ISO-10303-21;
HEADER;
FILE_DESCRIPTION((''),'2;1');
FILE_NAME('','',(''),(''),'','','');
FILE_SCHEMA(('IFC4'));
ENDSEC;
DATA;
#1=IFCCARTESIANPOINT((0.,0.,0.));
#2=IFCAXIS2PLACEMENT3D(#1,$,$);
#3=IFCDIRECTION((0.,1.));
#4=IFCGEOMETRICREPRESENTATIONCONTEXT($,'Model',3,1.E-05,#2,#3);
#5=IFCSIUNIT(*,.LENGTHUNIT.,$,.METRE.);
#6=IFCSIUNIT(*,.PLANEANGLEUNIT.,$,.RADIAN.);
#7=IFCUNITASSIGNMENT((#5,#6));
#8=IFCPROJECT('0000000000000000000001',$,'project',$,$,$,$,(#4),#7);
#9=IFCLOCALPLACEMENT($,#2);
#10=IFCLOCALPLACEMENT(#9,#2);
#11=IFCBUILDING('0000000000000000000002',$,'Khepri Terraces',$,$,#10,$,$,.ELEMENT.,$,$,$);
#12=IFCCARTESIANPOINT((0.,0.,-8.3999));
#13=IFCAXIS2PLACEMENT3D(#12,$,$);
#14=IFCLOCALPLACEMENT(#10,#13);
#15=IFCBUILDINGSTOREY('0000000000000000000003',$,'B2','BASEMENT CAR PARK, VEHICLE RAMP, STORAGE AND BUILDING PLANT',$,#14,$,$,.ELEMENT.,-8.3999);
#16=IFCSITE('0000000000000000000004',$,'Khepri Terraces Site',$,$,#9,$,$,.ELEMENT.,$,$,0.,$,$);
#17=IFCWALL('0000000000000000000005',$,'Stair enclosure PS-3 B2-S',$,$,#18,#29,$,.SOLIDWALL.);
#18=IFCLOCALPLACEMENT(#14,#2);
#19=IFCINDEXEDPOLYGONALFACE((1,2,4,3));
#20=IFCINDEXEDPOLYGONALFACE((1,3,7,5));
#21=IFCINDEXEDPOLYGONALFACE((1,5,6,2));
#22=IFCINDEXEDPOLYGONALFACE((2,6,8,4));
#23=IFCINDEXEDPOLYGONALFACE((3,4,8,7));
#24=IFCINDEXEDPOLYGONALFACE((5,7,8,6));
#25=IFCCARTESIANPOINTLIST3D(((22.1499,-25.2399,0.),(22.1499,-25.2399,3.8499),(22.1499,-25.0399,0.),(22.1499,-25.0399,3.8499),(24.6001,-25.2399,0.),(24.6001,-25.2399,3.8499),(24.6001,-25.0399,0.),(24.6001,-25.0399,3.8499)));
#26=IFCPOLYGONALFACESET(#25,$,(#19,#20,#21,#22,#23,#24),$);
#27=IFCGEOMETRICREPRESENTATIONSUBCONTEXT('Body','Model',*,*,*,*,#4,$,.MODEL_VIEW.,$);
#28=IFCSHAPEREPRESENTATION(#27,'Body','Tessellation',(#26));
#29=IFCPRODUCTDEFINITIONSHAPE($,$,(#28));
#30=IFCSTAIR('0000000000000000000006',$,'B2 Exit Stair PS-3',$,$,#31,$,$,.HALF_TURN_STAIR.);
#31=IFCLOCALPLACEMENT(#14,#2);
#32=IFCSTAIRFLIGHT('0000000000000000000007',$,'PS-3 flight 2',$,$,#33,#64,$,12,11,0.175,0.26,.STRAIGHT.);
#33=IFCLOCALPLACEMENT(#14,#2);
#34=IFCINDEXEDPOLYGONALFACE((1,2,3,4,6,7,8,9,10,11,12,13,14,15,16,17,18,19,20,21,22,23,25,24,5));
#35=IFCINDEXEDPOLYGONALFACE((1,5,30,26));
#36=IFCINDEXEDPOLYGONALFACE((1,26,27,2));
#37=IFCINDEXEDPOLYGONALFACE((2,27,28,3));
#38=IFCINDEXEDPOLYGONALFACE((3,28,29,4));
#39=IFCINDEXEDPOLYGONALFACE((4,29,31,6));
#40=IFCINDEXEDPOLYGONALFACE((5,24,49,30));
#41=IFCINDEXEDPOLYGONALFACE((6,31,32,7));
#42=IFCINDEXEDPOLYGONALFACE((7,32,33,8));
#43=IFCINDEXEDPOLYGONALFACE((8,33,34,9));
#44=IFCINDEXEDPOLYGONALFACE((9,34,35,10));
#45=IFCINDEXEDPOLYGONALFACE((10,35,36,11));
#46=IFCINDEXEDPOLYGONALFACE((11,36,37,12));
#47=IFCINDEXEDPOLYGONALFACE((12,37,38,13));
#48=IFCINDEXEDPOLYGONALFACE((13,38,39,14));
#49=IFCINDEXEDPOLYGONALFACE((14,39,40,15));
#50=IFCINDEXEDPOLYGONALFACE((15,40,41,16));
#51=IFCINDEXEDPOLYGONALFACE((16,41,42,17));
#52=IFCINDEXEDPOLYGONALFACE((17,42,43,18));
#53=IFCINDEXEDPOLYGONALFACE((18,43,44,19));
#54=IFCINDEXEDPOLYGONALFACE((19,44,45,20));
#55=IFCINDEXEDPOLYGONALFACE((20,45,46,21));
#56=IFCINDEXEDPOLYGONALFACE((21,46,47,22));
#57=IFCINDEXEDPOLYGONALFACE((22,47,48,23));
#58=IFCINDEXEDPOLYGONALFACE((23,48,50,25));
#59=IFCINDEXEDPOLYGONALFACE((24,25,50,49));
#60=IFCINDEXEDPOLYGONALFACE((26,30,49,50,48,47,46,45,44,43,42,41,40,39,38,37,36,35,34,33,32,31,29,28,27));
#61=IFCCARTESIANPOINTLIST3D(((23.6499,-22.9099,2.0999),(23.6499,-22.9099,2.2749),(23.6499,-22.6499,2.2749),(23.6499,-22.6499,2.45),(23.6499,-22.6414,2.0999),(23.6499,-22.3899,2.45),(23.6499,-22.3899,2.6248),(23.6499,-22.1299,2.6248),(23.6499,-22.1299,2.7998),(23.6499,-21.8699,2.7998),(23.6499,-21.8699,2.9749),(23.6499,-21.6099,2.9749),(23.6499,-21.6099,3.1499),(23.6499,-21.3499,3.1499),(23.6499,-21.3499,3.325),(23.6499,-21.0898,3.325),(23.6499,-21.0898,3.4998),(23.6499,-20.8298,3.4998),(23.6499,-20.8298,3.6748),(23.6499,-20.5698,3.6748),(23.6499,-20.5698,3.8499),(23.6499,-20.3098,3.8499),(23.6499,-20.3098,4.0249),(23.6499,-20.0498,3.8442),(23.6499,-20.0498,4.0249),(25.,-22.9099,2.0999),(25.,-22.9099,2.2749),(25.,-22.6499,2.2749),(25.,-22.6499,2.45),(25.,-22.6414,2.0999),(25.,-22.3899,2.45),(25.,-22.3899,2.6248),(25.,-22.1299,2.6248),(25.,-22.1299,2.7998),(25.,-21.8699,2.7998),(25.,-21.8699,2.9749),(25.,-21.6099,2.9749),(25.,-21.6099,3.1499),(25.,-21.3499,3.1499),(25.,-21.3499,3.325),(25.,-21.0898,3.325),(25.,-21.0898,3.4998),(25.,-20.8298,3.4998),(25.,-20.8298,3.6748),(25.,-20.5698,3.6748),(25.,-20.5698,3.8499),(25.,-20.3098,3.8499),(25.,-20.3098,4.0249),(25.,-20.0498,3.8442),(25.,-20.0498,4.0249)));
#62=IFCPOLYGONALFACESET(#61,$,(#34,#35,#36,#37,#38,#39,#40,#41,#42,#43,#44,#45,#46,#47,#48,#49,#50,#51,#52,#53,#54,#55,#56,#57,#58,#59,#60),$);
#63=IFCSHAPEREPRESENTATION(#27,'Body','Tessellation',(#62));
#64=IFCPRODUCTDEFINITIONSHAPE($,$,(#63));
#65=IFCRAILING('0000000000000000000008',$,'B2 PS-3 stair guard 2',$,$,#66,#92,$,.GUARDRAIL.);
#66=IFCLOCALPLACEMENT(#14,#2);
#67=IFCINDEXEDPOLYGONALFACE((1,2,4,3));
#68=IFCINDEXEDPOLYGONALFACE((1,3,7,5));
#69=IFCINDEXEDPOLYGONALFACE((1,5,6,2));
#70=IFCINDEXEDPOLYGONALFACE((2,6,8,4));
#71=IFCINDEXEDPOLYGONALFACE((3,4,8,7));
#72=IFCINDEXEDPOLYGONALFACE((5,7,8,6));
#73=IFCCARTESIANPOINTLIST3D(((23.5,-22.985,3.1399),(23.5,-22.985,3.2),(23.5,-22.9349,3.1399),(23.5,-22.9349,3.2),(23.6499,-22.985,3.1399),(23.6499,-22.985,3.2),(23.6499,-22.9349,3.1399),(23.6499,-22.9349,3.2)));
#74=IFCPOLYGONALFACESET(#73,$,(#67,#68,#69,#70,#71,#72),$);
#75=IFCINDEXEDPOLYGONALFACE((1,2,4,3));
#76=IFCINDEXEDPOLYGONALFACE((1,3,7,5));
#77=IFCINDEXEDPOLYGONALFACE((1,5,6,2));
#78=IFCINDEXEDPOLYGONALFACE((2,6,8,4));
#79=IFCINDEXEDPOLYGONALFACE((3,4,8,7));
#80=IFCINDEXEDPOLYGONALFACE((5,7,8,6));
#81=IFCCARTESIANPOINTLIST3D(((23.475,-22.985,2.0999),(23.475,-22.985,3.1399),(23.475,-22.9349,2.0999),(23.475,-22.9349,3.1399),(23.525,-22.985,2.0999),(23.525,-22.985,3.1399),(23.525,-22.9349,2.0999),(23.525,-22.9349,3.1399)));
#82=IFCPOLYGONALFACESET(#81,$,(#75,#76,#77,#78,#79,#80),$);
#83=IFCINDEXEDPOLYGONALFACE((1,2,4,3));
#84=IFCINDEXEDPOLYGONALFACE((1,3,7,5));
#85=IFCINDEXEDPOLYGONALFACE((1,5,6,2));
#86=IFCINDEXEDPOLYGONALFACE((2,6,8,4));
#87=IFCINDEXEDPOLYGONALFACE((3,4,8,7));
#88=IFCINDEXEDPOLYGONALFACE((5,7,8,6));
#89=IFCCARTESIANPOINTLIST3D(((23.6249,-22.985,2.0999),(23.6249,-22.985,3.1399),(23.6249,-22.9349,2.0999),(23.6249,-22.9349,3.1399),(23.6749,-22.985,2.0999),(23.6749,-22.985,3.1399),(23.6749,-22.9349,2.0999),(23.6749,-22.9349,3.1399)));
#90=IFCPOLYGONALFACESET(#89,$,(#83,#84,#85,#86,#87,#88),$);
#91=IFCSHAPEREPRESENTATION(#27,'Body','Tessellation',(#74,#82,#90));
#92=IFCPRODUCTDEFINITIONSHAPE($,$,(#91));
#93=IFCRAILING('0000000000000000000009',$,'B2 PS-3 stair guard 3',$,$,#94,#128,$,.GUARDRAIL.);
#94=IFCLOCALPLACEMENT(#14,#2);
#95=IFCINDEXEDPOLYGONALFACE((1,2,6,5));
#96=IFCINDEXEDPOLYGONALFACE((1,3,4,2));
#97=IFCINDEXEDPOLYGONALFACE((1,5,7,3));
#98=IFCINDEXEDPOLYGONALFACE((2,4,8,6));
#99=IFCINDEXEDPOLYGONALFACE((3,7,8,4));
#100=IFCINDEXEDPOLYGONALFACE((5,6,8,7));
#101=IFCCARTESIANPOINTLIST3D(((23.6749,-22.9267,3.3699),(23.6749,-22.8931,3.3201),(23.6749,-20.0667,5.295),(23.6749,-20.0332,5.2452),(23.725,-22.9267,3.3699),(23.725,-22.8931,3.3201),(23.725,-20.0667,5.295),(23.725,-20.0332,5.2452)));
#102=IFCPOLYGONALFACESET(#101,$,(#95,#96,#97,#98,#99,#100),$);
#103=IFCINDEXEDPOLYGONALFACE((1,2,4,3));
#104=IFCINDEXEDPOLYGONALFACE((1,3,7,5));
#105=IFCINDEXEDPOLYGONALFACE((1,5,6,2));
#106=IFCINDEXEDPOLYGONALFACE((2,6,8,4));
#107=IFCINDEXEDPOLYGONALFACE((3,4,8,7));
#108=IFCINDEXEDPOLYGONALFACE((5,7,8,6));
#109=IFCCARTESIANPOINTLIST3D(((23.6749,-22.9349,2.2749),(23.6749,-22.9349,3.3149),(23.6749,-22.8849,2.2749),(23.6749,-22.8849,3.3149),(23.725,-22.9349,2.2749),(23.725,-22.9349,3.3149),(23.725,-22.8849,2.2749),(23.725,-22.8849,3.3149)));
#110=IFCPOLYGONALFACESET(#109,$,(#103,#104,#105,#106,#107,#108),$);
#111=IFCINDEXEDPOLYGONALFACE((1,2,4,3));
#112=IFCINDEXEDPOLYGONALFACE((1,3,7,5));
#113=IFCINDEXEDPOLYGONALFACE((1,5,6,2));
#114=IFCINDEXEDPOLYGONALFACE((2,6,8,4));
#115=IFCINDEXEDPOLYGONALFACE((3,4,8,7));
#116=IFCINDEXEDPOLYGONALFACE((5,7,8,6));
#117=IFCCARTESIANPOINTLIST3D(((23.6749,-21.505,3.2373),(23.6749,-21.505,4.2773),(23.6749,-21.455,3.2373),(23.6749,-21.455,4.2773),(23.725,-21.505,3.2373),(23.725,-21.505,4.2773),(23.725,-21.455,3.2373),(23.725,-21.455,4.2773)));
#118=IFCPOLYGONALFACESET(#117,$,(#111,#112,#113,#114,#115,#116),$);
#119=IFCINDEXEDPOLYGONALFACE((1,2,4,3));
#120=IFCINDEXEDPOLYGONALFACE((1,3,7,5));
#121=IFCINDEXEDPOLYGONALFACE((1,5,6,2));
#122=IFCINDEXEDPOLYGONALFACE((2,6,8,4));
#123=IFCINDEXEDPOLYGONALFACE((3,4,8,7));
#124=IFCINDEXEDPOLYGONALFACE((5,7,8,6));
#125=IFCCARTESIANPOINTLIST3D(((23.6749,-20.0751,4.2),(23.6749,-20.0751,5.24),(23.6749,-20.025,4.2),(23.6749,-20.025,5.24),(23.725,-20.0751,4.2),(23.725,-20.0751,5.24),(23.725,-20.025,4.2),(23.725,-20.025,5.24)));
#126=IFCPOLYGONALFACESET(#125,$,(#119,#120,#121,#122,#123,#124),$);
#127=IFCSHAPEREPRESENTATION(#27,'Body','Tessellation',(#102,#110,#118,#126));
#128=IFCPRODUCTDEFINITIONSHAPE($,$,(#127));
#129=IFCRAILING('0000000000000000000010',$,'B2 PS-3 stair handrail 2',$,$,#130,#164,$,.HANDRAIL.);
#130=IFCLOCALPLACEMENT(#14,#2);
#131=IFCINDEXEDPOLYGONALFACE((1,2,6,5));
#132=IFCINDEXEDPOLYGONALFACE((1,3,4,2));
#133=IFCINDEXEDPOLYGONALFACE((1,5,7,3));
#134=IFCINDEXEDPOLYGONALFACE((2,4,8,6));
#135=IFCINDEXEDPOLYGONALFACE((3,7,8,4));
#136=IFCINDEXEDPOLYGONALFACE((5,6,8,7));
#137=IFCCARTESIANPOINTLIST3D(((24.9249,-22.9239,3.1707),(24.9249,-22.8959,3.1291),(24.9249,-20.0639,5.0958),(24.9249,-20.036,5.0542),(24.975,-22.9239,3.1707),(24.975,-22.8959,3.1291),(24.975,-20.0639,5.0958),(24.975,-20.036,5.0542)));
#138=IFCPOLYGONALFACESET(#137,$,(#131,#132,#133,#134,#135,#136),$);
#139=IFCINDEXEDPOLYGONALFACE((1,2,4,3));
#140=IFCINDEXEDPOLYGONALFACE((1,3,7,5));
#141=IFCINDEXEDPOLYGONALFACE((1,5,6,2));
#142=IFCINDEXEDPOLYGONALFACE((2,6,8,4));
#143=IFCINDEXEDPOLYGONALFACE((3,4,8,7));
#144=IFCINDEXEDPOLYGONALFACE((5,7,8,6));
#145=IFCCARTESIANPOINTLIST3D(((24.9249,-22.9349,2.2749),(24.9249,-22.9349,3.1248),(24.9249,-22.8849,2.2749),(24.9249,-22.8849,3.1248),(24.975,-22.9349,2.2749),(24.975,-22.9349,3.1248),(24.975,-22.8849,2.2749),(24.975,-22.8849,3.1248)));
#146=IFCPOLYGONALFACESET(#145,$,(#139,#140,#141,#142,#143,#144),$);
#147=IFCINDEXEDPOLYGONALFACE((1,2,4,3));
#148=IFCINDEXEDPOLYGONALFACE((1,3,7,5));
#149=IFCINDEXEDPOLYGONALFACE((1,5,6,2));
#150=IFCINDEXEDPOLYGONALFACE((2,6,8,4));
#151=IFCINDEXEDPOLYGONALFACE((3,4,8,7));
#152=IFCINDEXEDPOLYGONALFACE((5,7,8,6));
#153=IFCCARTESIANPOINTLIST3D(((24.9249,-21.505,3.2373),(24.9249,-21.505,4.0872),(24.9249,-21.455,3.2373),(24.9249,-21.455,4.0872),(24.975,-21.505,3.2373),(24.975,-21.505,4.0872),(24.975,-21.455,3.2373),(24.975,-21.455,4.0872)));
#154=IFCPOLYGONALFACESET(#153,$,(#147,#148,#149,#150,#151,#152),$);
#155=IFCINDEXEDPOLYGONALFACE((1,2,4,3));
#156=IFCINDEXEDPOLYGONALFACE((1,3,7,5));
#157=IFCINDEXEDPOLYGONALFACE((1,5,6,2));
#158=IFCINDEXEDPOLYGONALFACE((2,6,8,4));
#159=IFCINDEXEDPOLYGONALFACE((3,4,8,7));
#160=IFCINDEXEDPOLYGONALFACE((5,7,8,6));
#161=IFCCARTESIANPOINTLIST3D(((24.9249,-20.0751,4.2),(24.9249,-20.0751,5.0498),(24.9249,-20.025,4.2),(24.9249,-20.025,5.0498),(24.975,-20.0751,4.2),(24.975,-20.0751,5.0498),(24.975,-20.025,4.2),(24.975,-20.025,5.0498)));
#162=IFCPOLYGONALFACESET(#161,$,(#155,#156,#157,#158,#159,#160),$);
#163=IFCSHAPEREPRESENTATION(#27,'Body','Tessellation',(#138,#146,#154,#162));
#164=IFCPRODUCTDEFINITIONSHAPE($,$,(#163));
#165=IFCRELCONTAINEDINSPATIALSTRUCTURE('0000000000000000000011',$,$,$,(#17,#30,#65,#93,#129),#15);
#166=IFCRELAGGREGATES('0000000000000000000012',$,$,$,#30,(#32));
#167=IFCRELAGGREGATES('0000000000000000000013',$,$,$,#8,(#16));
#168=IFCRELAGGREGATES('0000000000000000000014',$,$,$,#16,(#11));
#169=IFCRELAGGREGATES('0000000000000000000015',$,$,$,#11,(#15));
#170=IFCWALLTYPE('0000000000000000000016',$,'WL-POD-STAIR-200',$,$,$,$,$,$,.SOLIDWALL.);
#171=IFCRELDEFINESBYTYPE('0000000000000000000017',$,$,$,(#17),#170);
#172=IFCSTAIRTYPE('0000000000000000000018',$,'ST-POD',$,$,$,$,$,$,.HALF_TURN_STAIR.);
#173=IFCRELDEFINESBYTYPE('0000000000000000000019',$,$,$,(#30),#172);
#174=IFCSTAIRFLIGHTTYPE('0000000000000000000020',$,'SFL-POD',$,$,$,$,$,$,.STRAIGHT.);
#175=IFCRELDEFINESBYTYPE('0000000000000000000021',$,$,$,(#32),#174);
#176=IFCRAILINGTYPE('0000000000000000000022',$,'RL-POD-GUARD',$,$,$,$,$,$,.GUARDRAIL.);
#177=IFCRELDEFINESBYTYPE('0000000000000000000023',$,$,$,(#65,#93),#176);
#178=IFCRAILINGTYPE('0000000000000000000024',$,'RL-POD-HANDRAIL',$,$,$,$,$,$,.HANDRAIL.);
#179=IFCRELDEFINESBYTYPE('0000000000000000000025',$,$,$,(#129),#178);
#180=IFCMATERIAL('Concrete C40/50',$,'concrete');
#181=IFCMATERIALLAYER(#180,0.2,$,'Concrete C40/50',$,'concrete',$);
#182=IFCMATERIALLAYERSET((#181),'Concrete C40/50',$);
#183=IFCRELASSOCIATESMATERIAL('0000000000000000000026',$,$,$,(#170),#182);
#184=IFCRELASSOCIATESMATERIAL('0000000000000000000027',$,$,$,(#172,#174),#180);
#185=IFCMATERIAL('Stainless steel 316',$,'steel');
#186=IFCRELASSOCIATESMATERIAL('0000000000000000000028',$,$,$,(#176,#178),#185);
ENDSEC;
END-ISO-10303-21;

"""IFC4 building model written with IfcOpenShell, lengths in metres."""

from ifc_helpers import new_model, si_unit, direction, frame, frame_2d, origin, origin_2d, place, context, subcontext, project, spatial, polyline, rectangle, outline, extrude, material, layer, layer_set, type_object, element, aggregate, save


model = new_model("IFC4")

# Units and contexts
model_context = context("Model", 3, precision=1e-05, world=origin(), true_north=direction((0.0, 1.0)))
body_context = subcontext(model_context, "Body", "Model", "MODEL_VIEW")
ifc_project = project(units=[si_unit("LENGTHUNIT", "METRE"), si_unit("PLANEANGLEUNIT", "RADIAN")], contexts=[model_context])

# Site, building, storey
site_placement = place(None, origin())
site = spatial("IfcSite", under=ifc_project, at=site_placement, Name="Khepri Terraces Site", CompositionType="ELEMENT", RefElevation=0.0)
building_placement = place(site_placement, origin())
building = spatial("IfcBuilding", under=site, at=building_placement, Name="Khepri Terraces", CompositionType="ELEMENT")
storey_placement = place(building_placement, frame((0.0, 0.0, -8.3999)))
storey = spatial("IfcBuildingStorey", under=building, at=storey_placement, Name="B2", Description="BASEMENT CAR PARK, VEHICLE RAMP, STORAGE AND BUILDING PLANT", CompositionType="ELEMENT", Elevation=-8.3999)

# Wall
ifc_material_1 = material(Name="Concrete C40/50", Category="concrete")
ifc_layer_1 = layer(ifc_material_1, 0.2, Name="Concrete C40/50", Category="concrete")
ifc_layer_set_1 = layer_set([ifc_layer_1], Name="Concrete C40/50")
wall_type_1 = type_object("IfcWallType", Name="WL-POD-STAIR-200", PredefinedType="SOLIDWALL", material=ifc_layer_set_1)
wall_1_placement = place(storey_placement, frame((22.1499, -25.1399, 0.0), z_axis=(0.0, 0.0, 1.0), x_axis=(1.0, 0.0, 0.0)))
element("IfcWall", 1, at=wall_1_placement, inside=storey, type_object=wall_type_1, Name="Stair enclosure PS-3 B2-S", PredefinedType="SOLIDWALL", context=body_context, shape_type="SweptSolid", body=[
    extrude(rectangle(XDim=2.4502, YDim=0.2, at=frame_2d((1.2251, 0.0))), origin(), (0.0, 0.0, 1.0), 3.8499),
])

# Stair, stair flight
stair_type = type_object("IfcStairType", Name="ST-POD", PredefinedType="HALF_TURN_STAIR", material=ifc_material_1)
stair_placement = place(storey_placement, origin())
stair = element("IfcStair", 2, at=stair_placement, inside=storey, type_object=stair_type, Name="B2 Exit Stair PS-3", PredefinedType="HALF_TURN_STAIR")
stair_flight_type = type_object("IfcStairFlightType", Name="SFL-POD", PredefinedType="STRAIGHT", material=ifc_material_1)
stair_flight_placement = place(storey_placement, frame((24.325, -22.9099, 2.0999), z_axis=(0.0, 0.0, 1.0), x_axis=(0.0, 1.0, 0.0)))
stair_flight = element("IfcStairFlight", 3, at=stair_flight_placement, type_object=stair_flight_type, Name="PS-3 flight 2", NumberOfRisers=12, NumberOfTreads=11, PredefinedType="STRAIGHT", RiserHeight=0.175, TreadLength=0.26, context=body_context, shape_type="SweptSolid", body=[
    extrude(outline(polyline([(0.0, 0.0), (0.0, 0.175), (0.26, 0.175), (0.26, 0.3501), (0.52, 0.3501), (0.52, 0.5249), (0.78, 0.5249), (0.78, 0.7), (1.04, 0.7), (1.04, 0.875), (1.3, 0.875), (1.3, 1.05), (1.5601, 1.05), (1.5601, 1.2251), (1.8201, 1.2251), (1.8201, 1.3999), (2.0801, 1.3999), (2.0801, 1.575), (2.3401, 1.575), (2.3401, 1.75), (2.6001, 1.75), (2.6001, 1.925), (2.8601, 1.925), (2.8601, 2.1001), (2.8601, 1.7444), (0.2686, 0.0), (0.0, 0.0)])), frame((0.0, 0.675, 0.0), z_axis=(0.0, -1.0, 0.0), x_axis=(1.0, 0.0, 0.0)), (0.0, 0.0, 1.0), 1.3501),
])
aggregate(stair, [stair_flight])

# Railings
ifc_material_2 = material(Name="Stainless steel 316", Category="steel")
railing_type_1 = type_object("IfcRailingType", Name="RL-POD-GUARD", PredefinedType="GUARDRAIL", material=ifc_material_2)
railing_1_placement = place(storey_placement, frame((23.5, -22.96, 2.0999)))
element("IfcRailing", 4, at=railing_1_placement, inside=storey, type_object=railing_type_1, Name="B2 PS-3 stair guard 2", PredefinedType="GUARDRAIL", context=body_context, shape_type="SweptSolid", body=[
    extrude(rectangle(XDim=0.05, YDim=0.0601, at=origin_2d()), frame((0.0, 0.0, 1.0701), z_axis=(1.0, 0.0, 0.0), x_axis=(0.0, 1.0, 0.0)), (0.0, 0.0, 1.0), 0.1499),
    extrude(rectangle(XDim=0.05, YDim=0.05, at=origin_2d()), origin(), (0.0, 0.0, 1.0), 1.04),
    extrude(rectangle(XDim=0.05, YDim=0.05, at=origin_2d()), frame((0.1499, 0.0, 0.0)), (0.0, 0.0, 1.0), 1.04),
])
railing_2_placement = place(storey_placement, frame((23.7, -22.9099, 2.2749)))
element("IfcRailing", 5, at=railing_2_placement, inside=storey, type_object=railing_type_1, Name="B2 PS-3 stair guard 3", PredefinedType="GUARDRAIL", context=body_context, shape_type="SweptSolid", body=[
    extrude(rectangle(XDim=0.05, YDim=0.0601, at=origin_2d()), frame((0.0, 0.0, 1.0701), z_axis=(0.0, 0.829569, 0.558404), x_axis=(-1.0, 0.0, 0.0)), (0.0, 0.0, 1.0), 3.4475),
    extrude(rectangle(XDim=0.05, YDim=0.05, at=origin_2d()), origin(), (0.0, 0.0, 1.0), 1.04),
    extrude(rectangle(XDim=0.05, YDim=0.05, at=origin_2d()), frame((0.0, 1.4299, 0.9624)), (0.0, 0.0, 1.0), 1.04),
    extrude(rectangle(XDim=0.05, YDim=0.05, at=origin_2d()), frame((0.0, 2.8599, 1.925)), (0.0, 0.0, 1.0), 1.04),
])
railing_type_2 = type_object("IfcRailingType", Name="RL-POD-HANDRAIL", PredefinedType="HANDRAIL", material=ifc_material_2)
railing_3_placement = place(storey_placement, frame((24.95, -22.9099, 2.2749)))
element("IfcRailing", 6, at=railing_3_placement, inside=storey, type_object=railing_type_2, Name="B2 PS-3 stair handrail 2", PredefinedType="HANDRAIL", context=body_context, shape_type="SweptSolid", body=[
    extrude(rectangle(XDim=0.05, YDim=0.05, at=origin_2d()), frame((0.0, 0.0, 0.875), z_axis=(0.0, 0.829569, 0.558404), x_axis=(-1.0, 0.0, 0.0)), (0.0, 0.0, 1.0), 3.4475),
    extrude(rectangle(XDim=0.05, YDim=0.05, at=origin_2d()), origin(), (0.0, 0.0, 1.0), 0.8499),
    extrude(rectangle(XDim=0.05, YDim=0.05, at=origin_2d()), frame((0.0, 1.4299, 0.9624)), (0.0, 0.0, 1.0), 0.8499),
    extrude(rectangle(XDim=0.05, YDim=0.05, at=origin_2d()), frame((0.0, 2.8599, 1.925)), (0.0, 0.0, 1.0), 0.8499),
])

save(model, "model.ifc")
